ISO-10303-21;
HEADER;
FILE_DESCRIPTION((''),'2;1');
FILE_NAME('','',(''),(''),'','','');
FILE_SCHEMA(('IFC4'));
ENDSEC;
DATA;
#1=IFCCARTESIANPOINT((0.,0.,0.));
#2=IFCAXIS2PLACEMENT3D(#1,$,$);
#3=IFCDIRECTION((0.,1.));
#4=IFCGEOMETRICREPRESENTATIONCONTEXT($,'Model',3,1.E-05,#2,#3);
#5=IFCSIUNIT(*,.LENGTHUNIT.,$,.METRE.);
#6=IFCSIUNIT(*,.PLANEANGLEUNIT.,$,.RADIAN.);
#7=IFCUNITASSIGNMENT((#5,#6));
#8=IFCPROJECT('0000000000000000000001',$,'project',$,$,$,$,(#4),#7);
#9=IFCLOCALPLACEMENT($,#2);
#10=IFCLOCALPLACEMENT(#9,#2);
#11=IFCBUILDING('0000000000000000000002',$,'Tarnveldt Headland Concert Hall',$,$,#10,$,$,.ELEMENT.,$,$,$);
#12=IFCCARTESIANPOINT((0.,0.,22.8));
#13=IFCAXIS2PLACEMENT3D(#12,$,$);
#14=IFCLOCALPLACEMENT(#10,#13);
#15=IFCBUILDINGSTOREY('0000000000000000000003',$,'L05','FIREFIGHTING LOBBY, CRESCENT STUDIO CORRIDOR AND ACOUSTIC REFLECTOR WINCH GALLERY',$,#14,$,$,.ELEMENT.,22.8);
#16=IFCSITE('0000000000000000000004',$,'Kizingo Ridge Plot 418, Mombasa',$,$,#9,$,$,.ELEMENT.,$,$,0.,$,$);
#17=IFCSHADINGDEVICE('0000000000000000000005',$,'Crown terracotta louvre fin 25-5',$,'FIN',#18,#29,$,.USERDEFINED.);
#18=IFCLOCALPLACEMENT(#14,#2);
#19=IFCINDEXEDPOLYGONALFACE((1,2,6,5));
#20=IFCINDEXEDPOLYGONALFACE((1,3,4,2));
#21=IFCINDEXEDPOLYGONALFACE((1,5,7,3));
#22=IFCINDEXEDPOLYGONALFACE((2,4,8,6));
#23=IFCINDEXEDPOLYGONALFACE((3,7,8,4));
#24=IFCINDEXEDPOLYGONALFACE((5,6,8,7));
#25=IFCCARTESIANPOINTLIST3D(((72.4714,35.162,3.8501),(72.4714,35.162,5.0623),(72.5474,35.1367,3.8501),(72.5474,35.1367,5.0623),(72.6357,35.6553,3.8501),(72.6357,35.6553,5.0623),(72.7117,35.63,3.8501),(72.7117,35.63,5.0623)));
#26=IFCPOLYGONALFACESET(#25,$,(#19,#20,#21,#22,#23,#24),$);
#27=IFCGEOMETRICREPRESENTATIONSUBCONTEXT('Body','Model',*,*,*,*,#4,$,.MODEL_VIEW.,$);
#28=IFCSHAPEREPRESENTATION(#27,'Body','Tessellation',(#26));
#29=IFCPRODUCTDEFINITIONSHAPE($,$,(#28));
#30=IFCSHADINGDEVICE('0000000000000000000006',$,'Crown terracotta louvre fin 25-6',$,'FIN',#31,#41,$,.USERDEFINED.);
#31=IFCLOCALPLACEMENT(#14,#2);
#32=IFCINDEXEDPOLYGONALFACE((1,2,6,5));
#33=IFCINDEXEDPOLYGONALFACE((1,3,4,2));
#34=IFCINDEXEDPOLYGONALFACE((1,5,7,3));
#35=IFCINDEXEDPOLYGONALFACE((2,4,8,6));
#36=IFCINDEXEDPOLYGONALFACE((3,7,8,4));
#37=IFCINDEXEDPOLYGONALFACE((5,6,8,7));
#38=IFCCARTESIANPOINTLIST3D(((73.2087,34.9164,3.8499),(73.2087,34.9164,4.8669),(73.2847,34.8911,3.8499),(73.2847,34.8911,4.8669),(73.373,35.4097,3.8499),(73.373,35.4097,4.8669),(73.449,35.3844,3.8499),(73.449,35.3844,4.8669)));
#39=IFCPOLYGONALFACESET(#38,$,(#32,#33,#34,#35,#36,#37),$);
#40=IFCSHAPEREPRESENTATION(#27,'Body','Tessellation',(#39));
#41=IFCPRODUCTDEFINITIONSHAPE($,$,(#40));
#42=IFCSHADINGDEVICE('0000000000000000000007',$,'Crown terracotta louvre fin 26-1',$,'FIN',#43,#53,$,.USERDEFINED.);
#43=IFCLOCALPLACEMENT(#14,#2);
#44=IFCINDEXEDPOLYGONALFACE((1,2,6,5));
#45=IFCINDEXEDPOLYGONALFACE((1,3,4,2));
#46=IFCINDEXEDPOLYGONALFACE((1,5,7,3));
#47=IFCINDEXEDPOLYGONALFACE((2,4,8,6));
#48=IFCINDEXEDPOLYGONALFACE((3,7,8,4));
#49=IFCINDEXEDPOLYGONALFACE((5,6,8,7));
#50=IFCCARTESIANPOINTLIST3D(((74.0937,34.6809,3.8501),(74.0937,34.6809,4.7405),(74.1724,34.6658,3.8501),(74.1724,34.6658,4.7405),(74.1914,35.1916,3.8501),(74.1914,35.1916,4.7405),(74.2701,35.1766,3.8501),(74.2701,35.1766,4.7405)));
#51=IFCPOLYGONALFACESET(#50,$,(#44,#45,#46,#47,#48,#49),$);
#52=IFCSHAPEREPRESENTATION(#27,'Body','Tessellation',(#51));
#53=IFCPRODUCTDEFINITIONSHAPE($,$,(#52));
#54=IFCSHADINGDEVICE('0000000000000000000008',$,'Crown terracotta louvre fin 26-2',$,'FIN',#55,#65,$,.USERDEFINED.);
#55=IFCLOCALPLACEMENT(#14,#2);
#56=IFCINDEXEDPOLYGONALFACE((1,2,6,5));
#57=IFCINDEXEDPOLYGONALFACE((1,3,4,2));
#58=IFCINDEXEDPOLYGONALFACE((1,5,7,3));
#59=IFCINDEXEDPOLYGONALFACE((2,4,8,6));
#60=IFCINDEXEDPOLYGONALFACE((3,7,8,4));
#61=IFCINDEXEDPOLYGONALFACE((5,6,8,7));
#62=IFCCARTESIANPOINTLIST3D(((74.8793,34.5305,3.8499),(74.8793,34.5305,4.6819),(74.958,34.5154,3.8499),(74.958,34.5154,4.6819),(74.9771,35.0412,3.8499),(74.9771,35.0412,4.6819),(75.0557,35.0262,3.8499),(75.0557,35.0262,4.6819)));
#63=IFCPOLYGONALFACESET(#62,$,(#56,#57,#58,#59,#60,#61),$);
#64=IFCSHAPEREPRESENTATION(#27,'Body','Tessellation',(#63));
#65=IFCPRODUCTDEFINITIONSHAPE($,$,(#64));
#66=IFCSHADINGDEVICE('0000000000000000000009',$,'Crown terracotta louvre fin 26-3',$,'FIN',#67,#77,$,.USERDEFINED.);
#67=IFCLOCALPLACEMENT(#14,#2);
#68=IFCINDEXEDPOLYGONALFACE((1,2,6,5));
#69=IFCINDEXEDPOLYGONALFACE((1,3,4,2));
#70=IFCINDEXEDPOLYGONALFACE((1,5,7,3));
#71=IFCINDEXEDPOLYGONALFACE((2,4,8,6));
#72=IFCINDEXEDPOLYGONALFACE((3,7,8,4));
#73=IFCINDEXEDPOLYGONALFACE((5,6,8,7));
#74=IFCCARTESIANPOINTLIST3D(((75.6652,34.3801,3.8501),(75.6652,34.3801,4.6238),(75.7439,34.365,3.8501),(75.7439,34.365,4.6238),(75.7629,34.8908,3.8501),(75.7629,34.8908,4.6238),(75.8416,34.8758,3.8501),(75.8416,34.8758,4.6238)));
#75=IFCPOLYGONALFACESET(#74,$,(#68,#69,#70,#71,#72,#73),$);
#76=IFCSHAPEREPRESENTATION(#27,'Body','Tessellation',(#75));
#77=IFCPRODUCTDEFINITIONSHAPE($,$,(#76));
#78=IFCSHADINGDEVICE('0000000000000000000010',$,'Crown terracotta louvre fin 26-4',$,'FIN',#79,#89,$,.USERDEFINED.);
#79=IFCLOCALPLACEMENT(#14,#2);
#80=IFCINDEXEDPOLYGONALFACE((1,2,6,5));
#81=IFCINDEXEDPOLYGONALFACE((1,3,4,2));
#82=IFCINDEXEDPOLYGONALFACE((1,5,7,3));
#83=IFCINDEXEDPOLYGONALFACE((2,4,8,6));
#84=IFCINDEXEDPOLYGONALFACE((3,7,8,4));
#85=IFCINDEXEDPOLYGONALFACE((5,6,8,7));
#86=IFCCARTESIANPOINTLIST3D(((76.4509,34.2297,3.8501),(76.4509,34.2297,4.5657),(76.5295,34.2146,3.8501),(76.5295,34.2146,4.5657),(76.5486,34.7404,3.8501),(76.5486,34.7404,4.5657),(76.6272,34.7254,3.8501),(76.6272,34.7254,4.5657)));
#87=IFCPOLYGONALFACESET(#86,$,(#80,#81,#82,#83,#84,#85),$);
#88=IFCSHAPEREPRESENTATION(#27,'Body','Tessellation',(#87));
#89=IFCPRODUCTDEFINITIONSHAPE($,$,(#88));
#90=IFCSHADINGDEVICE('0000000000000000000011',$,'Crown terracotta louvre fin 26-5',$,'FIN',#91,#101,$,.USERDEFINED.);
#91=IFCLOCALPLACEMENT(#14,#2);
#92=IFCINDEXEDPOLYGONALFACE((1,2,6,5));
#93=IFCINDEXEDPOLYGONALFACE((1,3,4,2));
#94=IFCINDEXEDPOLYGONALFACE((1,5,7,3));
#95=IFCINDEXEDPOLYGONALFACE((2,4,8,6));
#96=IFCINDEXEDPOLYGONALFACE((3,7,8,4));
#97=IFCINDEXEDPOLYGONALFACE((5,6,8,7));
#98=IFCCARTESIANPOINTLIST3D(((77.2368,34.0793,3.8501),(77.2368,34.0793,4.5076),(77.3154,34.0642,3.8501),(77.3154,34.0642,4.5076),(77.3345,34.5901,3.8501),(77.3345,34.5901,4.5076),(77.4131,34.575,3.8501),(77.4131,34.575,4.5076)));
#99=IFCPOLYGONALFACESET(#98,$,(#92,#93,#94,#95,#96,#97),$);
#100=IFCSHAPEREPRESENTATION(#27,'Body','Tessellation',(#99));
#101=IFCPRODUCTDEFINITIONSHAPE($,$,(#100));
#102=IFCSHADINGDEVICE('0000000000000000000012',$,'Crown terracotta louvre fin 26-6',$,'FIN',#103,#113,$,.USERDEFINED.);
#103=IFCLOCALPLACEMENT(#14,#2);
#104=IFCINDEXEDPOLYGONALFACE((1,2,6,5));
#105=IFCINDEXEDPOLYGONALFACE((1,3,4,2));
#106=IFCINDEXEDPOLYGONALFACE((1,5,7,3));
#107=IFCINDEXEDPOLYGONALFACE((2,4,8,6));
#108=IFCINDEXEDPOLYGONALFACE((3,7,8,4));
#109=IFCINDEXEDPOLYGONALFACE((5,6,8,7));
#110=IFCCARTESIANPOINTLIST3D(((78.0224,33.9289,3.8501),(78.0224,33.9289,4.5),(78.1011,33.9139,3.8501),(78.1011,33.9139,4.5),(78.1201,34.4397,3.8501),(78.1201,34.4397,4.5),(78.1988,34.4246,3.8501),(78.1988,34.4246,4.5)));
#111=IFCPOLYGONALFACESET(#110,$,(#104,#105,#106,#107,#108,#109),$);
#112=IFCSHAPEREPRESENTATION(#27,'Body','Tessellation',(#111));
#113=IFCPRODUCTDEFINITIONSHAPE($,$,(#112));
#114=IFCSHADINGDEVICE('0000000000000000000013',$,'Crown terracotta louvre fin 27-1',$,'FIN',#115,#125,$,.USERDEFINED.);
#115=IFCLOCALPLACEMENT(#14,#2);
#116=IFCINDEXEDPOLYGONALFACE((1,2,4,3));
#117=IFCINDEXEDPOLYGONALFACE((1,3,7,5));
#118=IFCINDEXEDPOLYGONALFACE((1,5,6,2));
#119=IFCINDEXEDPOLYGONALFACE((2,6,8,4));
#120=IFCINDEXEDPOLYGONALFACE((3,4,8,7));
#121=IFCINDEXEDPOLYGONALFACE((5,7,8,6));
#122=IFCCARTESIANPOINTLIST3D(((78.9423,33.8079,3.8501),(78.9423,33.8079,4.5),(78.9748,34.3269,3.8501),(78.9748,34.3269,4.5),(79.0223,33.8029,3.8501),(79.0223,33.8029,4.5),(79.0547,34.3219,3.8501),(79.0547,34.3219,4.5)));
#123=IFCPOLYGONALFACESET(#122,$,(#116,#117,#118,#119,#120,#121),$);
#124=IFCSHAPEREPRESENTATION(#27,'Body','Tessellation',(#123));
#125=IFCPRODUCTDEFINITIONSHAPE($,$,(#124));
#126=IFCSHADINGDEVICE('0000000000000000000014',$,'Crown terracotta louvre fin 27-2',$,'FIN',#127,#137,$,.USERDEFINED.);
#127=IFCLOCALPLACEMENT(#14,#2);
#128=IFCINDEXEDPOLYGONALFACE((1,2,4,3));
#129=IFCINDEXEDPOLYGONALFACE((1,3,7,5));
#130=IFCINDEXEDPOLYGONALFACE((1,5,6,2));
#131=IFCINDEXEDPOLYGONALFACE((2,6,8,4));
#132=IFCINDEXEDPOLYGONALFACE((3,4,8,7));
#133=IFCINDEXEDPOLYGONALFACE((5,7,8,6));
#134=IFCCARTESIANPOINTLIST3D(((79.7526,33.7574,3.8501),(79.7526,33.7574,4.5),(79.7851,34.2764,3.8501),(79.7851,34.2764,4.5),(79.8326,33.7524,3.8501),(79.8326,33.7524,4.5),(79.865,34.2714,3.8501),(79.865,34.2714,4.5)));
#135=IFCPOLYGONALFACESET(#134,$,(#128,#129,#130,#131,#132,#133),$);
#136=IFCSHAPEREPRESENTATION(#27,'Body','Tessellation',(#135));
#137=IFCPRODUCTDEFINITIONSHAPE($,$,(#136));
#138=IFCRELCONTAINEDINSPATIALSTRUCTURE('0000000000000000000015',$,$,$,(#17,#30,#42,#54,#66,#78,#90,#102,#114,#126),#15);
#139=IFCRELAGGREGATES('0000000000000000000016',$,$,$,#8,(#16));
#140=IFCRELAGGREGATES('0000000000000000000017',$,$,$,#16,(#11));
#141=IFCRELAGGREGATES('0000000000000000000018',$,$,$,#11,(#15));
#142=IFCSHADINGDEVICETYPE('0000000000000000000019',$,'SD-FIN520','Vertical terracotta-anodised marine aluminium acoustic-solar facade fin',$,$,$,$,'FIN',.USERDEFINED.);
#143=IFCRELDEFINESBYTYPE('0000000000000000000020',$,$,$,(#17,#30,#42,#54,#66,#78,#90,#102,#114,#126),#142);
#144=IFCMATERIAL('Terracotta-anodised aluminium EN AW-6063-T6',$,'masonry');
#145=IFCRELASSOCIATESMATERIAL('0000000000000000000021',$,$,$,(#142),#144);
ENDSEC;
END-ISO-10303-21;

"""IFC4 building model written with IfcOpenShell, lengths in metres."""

from ifc_helpers import new_model, si_unit, direction, frame, origin, origin_2d, place, context, subcontext, project, spatial, rectangle, extrude, material, type_object, element, save


model = new_model("IFC4")

# Units and contexts
model_context = context("Model", 3, precision=1e-05, world=origin(), true_north=direction((0.0, 1.0)))
body_context = subcontext(model_context, "Body", "Model", "MODEL_VIEW")
ifc_project = project(units=[si_unit("LENGTHUNIT", "METRE"), si_unit("PLANEANGLEUNIT", "RADIAN")], contexts=[model_context])

# Site, building, storey
site_placement = place(None, origin())
site = spatial("IfcSite", under=ifc_project, at=site_placement, Name="Kizingo Ridge Plot 418, Mombasa", CompositionType="ELEMENT", RefElevation=0.0)
building_placement = place(site_placement, origin())
building = spatial("IfcBuilding", under=site, at=building_placement, Name="Tarnveldt Headland Concert Hall", CompositionType="ELEMENT")
storey_placement = place(building_placement, frame((0.0, 0.0, 22.8)))
storey = spatial("IfcBuildingStorey", under=building, at=storey_placement, Name="L05", Description="FIREFIGHTING LOBBY, CRESCENT STUDIO CORRIDOR AND ACOUSTIC REFLECTOR WINCH GALLERY", CompositionType="ELEMENT", Elevation=22.8)

# Shading devices
ifc_material_1 = material(Name="Terracotta-anodised aluminium EN AW-6063-T6", Category="masonry")
shading_device_type = type_object("IfcShadingDeviceType", Name="SD-FIN520", Description="Vertical terracotta-anodised marine aluminium acoustic-solar facade fin", ElementType="FIN", PredefinedType="USERDEFINED", material=ifc_material_1)
shading_device_1_placement = place(storey_placement, frame((72.5916, 35.396, 3.8501), z_axis=(0.0, 0.0, 1.0), x_axis=(-0.31598, -0.948766, 0.0)))
element("IfcShadingDevice", 1, at=shading_device_1_placement, inside=storey, type_object=shading_device_type, Name="Crown terracotta louvre fin 25-5", ObjectType="FIN", PredefinedType="USERDEFINED", context=body_context, shape_type="SweptSolid", body=[
    extrude(rectangle(XDim=0.52, YDim=0.0801, at=origin_2d()), origin(), (0.0, 0.0, 1.0), 1.2122),
])
shading_device_2_placement = place(storey_placement, frame((73.3289, 35.1504, 3.8499), z_axis=(0.0, 0.0, 1.0), x_axis=(-0.31598, -0.948766, 0.0)))
element("IfcShadingDevice", 2, at=shading_device_2_placement, inside=storey, type_object=shading_device_type, Name="Crown terracotta louvre fin 25-6", ObjectType="FIN", PredefinedType="USERDEFINED", context=body_context, shape_type="SweptSolid", body=[
    extrude(rectangle(XDim=0.52, YDim=0.0801, at=origin_2d()), origin(), (0.0, 0.0, 1.0), 1.0171),
])
shading_device_3_placement = place(storey_placement, frame((74.1819, 34.9287, 3.8501), z_axis=(0.0, 0.0, 1.0), x_axis=(-0.187896, -0.982189, 0.0)))
element("IfcShadingDevice", 3, at=shading_device_3_placement, inside=storey, type_object=shading_device_type, Name="Crown terracotta louvre fin 26-1", ObjectType="FIN", PredefinedType="USERDEFINED", context=body_context, shape_type="SweptSolid", body=[
    extrude(rectangle(XDim=0.52, YDim=0.0801, at=origin_2d()), origin(), (0.0, 0.0, 1.0), 0.8904),
])
shading_device_4_placement = place(storey_placement, frame((74.9675, 34.7783, 3.8499), z_axis=(0.0, 0.0, 1.0), x_axis=(-0.187896, -0.982189, 0.0)))
element("IfcShadingDevice", 4, at=shading_device_4_placement, inside=storey, type_object=shading_device_type, Name="Crown terracotta louvre fin 26-2", ObjectType="FIN", PredefinedType="USERDEFINED", context=body_context, shape_type="SweptSolid", body=[
    extrude(rectangle(XDim=0.52, YDim=0.0801, at=origin_2d()), origin(), (0.0, 0.0, 1.0), 0.832),
])
shading_device_5_placement = place(storey_placement, frame((75.7534, 34.6279, 3.8501), z_axis=(0.0, 0.0, 1.0), x_axis=(-0.187896, -0.982189, 0.0)))
element("IfcShadingDevice", 5, at=shading_device_5_placement, inside=storey, type_object=shading_device_type, Name="Crown terracotta louvre fin 26-3", ObjectType="FIN", PredefinedType="USERDEFINED", context=body_context, shape_type="SweptSolid", body=[
    extrude(rectangle(XDim=0.52, YDim=0.0801, at=origin_2d()), origin(), (0.0, 0.0, 1.0), 0.7737),
])
shading_device_6_placement = place(storey_placement, frame((76.5391, 34.4775, 3.8501), z_axis=(0.0, 0.0, 1.0), x_axis=(-0.187896, -0.982189, 0.0)))
element("IfcShadingDevice", 6, at=shading_device_6_placement, inside=storey, type_object=shading_device_type, Name="Crown terracotta louvre fin 26-4", ObjectType="FIN", PredefinedType="USERDEFINED", context=body_context, shape_type="SweptSolid", body=[
    extrude(rectangle(XDim=0.52, YDim=0.0801, at=origin_2d()), origin(), (0.0, 0.0, 1.0), 0.7156),
])
shading_device_7_placement = place(storey_placement, frame((77.325, 34.3271, 3.8501), z_axis=(0.0, 0.0, 1.0), x_axis=(-0.187896, -0.982189, 0.0)))
element("IfcShadingDevice", 7, at=shading_device_7_placement, inside=storey, type_object=shading_device_type, Name="Crown terracotta louvre fin 26-5", ObjectType="FIN", PredefinedType="USERDEFINED", context=body_context, shape_type="SweptSolid", body=[
    extrude(rectangle(XDim=0.52, YDim=0.0801, at=origin_2d()), origin(), (0.0, 0.0, 1.0), 0.6575),
])
for number, where, z_axis, x_axis, name in (
    (8, (78.1106, 34.1768, 3.8501), (0.0, 0.0, 1.0), (-0.187896, -0.982189, 0.0), "Crown terracotta louvre fin 26-6"),
    (9, (78.9985, 34.0649, 3.8501), (0.0, 0.0, 1.0), (-0.062442, -0.998049, 0.0), "Crown terracotta louvre fin 27-1"),
    (10, (79.8088, 34.0144, 3.8501), (0.0, 0.0, 1.0), (-0.062442, -0.998049, 0.0), "Crown terracotta louvre fin 27-2"),
):
    element("IfcShadingDevice", number, at=place(storey_placement, frame(where, z_axis=z_axis, x_axis=x_axis)), inside=storey, type_object=shading_device_type, Name=name, ObjectType="FIN", PredefinedType="USERDEFINED", context=body_context, shape_type="SweptSolid", body=[
        extrude(rectangle(XDim=0.52, YDim=0.0801, at=origin_2d()), origin(), (0.0, 0.0, 1.0), 0.6499),
    ])

save(model, "model.ifc")
